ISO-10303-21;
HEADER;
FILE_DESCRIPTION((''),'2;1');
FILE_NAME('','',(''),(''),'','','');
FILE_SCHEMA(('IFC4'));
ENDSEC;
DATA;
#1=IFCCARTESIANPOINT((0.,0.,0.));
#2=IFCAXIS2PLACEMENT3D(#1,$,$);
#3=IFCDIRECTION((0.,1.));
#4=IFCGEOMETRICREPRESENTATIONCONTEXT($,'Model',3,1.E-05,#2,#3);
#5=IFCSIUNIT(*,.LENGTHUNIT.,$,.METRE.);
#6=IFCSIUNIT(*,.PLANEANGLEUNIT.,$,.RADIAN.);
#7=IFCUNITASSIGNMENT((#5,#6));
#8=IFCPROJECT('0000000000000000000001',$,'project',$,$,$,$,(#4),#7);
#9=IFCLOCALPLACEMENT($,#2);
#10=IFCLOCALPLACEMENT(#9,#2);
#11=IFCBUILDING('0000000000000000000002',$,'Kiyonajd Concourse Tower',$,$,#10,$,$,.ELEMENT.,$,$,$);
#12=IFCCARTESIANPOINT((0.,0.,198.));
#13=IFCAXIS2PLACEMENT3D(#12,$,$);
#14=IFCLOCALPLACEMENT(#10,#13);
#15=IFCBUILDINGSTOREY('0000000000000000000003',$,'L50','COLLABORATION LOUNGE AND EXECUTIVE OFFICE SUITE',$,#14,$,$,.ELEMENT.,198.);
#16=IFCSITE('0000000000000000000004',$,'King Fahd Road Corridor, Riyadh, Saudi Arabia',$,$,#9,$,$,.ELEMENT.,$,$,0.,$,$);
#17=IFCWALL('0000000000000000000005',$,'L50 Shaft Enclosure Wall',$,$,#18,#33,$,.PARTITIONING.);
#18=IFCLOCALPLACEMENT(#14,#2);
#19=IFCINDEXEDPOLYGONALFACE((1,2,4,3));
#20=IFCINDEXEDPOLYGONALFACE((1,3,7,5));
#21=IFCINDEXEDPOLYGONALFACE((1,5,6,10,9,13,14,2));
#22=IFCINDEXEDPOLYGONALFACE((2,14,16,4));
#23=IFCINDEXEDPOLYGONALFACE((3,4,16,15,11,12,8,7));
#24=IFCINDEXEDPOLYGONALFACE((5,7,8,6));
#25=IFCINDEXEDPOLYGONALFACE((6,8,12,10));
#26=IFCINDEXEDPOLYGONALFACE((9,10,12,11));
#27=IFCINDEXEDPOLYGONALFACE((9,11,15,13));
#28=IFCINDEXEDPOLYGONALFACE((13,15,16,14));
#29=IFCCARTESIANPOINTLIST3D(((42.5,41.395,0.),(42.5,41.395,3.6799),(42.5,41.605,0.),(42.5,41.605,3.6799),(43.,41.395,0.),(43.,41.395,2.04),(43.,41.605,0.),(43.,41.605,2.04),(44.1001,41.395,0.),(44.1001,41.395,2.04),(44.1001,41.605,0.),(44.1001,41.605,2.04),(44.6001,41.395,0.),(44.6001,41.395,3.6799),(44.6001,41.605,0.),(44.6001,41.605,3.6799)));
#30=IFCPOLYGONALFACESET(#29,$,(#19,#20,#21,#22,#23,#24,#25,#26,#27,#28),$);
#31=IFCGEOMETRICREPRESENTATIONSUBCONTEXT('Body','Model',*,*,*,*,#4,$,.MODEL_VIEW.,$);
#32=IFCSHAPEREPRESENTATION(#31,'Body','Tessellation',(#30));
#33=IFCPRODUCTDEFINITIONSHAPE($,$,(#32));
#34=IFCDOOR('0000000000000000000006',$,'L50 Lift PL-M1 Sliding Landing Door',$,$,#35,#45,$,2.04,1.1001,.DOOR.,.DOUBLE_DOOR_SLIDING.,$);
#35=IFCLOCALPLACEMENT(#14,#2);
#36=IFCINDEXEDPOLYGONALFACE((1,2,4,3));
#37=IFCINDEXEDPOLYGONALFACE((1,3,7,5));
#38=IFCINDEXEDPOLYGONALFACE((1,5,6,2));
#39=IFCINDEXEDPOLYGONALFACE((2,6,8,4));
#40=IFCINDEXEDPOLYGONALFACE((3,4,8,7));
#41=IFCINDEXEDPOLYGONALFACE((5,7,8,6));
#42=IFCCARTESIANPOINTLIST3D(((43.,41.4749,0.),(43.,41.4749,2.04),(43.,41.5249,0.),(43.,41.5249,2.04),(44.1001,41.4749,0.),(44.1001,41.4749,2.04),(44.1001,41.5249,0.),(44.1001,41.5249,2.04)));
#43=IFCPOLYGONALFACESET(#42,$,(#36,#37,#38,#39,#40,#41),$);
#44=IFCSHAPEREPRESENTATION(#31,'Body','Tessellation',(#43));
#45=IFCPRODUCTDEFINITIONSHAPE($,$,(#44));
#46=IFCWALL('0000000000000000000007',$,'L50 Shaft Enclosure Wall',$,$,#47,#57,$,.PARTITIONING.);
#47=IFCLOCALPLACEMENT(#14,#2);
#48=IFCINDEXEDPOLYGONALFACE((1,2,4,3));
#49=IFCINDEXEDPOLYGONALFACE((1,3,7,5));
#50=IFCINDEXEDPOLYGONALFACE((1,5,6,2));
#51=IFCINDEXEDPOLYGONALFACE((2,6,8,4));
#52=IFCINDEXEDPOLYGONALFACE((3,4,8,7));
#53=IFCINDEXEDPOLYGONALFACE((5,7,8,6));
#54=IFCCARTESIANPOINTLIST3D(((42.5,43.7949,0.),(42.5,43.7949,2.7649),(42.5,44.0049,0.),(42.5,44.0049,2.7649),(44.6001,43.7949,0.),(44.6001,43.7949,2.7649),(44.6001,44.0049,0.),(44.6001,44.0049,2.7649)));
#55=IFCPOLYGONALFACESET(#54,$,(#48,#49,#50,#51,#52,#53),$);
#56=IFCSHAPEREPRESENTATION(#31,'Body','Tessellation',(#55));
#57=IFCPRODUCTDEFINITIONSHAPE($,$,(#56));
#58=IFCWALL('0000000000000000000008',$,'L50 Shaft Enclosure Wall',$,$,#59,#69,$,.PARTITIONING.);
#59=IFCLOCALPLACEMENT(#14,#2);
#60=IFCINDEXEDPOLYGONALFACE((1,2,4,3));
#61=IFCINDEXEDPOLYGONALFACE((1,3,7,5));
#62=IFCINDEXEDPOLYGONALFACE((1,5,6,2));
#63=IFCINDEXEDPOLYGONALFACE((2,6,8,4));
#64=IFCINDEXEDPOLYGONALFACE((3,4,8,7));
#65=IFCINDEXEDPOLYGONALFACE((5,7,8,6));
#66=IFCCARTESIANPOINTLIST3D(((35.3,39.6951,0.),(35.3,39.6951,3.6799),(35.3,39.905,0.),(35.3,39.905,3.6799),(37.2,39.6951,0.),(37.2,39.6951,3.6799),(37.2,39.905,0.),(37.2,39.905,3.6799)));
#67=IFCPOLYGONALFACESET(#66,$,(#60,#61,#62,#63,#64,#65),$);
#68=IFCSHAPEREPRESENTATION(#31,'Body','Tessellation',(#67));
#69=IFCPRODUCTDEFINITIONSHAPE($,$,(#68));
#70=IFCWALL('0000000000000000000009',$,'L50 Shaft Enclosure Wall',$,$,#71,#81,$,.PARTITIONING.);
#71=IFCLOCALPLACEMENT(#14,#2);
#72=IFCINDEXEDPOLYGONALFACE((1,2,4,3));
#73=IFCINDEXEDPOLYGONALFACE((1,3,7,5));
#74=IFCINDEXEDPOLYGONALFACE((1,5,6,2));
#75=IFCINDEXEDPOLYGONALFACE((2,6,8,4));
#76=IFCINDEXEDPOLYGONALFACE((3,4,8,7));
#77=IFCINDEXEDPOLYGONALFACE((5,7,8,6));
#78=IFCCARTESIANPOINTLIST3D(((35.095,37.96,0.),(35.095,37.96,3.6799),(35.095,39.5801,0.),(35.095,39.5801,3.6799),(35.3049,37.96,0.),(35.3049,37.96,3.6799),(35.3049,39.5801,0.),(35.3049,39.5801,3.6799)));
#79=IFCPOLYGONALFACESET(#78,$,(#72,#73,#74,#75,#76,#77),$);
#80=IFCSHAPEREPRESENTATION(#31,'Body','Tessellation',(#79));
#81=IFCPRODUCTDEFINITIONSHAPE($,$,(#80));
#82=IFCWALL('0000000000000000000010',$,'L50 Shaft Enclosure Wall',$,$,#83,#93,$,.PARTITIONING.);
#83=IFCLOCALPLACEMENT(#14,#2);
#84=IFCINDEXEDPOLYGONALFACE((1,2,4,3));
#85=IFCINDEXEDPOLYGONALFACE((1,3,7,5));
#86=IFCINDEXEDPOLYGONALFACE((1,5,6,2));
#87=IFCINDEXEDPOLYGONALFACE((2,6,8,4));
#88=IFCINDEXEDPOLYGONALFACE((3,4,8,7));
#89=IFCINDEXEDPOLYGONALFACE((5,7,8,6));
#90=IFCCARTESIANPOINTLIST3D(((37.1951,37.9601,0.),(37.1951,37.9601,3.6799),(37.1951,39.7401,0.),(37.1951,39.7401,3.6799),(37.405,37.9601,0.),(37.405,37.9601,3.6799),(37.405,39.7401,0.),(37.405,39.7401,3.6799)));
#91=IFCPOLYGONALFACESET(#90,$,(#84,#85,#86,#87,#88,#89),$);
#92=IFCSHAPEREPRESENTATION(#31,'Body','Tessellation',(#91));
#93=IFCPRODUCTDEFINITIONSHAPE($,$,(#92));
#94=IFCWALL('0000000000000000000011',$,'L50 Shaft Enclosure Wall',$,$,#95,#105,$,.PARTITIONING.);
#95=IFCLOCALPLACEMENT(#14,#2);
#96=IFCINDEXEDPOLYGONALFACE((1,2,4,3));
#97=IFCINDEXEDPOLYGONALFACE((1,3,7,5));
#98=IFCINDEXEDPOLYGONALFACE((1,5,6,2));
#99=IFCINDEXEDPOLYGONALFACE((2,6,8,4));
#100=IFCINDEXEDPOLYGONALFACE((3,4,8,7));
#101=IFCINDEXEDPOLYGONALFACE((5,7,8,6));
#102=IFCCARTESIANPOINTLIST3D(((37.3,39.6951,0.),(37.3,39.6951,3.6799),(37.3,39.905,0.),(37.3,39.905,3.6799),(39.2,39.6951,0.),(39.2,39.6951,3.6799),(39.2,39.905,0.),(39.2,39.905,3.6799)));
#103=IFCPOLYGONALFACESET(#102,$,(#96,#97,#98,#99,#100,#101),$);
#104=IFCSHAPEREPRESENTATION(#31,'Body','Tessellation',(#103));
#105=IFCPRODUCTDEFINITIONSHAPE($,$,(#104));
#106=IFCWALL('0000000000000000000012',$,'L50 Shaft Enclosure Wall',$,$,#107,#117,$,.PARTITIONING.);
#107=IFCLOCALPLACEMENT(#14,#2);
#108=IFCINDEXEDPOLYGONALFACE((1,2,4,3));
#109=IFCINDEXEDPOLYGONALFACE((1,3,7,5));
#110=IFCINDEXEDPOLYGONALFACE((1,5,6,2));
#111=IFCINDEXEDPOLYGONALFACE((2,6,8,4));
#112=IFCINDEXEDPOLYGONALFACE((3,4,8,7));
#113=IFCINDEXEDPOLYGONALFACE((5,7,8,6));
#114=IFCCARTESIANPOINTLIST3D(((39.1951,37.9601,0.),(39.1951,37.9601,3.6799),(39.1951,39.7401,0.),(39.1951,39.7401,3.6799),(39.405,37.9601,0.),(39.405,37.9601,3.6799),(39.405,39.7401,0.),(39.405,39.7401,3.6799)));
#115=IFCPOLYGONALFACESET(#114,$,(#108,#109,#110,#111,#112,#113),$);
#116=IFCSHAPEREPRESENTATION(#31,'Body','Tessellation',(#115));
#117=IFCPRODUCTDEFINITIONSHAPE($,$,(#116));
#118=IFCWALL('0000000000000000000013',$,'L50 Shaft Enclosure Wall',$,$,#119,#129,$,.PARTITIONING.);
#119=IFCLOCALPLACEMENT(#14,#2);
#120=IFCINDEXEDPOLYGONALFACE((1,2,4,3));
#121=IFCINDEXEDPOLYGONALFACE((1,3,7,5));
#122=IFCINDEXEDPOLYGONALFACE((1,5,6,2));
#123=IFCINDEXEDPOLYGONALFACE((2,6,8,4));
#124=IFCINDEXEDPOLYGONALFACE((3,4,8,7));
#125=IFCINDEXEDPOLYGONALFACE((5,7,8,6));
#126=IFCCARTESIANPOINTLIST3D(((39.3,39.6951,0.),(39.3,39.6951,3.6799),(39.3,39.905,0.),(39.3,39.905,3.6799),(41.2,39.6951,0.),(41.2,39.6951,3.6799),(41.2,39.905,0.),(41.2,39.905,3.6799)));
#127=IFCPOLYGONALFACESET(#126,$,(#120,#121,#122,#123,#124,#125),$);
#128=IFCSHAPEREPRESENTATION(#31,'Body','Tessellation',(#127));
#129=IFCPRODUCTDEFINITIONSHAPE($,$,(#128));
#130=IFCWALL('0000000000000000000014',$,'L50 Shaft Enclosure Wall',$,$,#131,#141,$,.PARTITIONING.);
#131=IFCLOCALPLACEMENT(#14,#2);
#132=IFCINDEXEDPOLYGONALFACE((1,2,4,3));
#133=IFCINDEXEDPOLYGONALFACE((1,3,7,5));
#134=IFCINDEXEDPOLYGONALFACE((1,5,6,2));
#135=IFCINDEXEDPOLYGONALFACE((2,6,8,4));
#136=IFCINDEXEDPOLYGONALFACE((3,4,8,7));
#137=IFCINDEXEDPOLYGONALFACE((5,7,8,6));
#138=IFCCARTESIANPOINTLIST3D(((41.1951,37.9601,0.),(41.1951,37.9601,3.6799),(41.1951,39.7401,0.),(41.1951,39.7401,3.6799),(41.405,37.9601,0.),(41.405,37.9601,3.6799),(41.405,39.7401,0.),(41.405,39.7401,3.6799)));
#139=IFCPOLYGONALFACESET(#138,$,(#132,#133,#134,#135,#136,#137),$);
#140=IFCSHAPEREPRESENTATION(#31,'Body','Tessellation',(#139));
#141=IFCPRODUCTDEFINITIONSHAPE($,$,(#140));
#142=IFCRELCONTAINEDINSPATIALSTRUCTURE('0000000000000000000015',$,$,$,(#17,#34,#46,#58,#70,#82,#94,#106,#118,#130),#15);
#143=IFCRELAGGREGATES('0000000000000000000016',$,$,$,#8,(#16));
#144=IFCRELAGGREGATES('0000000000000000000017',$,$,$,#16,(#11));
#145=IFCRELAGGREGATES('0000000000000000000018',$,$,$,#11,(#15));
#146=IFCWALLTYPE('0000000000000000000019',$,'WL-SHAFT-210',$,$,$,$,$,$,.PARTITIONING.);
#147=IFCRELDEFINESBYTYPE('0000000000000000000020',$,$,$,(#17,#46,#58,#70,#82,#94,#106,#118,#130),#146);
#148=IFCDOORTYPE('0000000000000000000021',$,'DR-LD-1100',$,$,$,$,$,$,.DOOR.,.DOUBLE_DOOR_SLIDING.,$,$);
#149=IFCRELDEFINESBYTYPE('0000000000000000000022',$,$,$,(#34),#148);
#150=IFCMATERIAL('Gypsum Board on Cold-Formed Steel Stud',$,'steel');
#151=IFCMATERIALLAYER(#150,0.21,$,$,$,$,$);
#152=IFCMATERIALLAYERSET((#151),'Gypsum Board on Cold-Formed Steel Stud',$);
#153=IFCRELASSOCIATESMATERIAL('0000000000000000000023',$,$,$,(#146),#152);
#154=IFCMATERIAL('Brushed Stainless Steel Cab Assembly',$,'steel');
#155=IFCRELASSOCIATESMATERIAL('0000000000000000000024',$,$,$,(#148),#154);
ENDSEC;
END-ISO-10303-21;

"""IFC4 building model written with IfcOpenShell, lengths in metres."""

from ifc_helpers import new_model, si_unit, direction, frame, frame_2d, origin, place, context, subcontext, project, spatial, rectangle, extrude, material, layer, layer_set, type_object, element, fill, save


model = new_model("IFC4")

# Units and contexts
model_context = context("Model", 3, precision=1e-05, world=origin(), true_north=direction((0.0, 1.0)))
body_context = subcontext(model_context, "Body", "Model", "MODEL_VIEW")
ifc_project = project(units=[si_unit("LENGTHUNIT", "METRE"), si_unit("PLANEANGLEUNIT", "RADIAN")], contexts=[model_context])

# Site, building, storey
site_placement = place(None, origin())
site = spatial("IfcSite", under=ifc_project, at=site_placement, Name="King Fahd Road Corridor, Riyadh, Saudi Arabia", CompositionType="ELEMENT", RefElevation=0.0)
building_placement = place(site_placement, origin())
building = spatial("IfcBuilding", under=site, at=building_placement, Name="Kiyonajd Concourse Tower", CompositionType="ELEMENT")
storey_placement = place(building_placement, frame((0.0, 0.0, 198.0)))
storey = spatial("IfcBuildingStorey", under=building, at=storey_placement, Name="L50", Description="COLLABORATION LOUNGE AND EXECUTIVE OFFICE SUITE", CompositionType="ELEMENT", Elevation=198.0)

# Shared definitions
ifc_material_1 = material(Name="Gypsum Board on Cold-Formed Steel Stud", Category="steel")
ifc_layer_1 = layer(ifc_material_1, 0.21)
ifc_layer_set_1 = layer_set([ifc_layer_1], Name="Gypsum Board on Cold-Formed Steel Stud")
wall_type_1 = type_object("IfcWallType", Name="WL-SHAFT-210", PredefinedType="PARTITIONING", material=ifc_layer_set_1)

# Wall, opening, door
wall_1_placement = place(storey_placement, frame((42.5, 41.5, 0.0), z_axis=(0.0, 0.0, 1.0), x_axis=(1.0, 0.0, 0.0)))
wall_1 = element("IfcWall", 1, at=wall_1_placement, inside=storey, type_object=wall_type_1, Name="L50 Shaft Enclosure Wall", PredefinedType="PARTITIONING", context=body_context, shape_type="SweptSolid", body=[
    extrude(rectangle(XDim=2.1001, YDim=0.21, at=frame_2d((1.05, 0.0))), origin(), (0.0, 0.0, 1.0), 3.6799),
])
opening_1_placement = place(wall_1_placement, frame((0.5, 0.0, 0.0)))
opening_1 = element("IfcOpeningElement", 2, at=opening_1_placement, cuts=wall_1, PredefinedType="OPENING", context=body_context, shape_type="SweptSolid", body=[
    extrude(rectangle(XDim=1.1001, YDim=2.04, at=frame_2d((0.55, 1.02))), frame((0.0, 0.115, 0.0), z_axis=(0.0, -1.0, 0.0), x_axis=(1.0, 0.0, 0.0)), (0.0, 0.0, 1.0), 0.23),
])
ifc_material_2 = material(Name="Brushed Stainless Steel Cab Assembly", Category="steel")
door_type_1 = type_object("IfcDoorType", Name="DR-LD-1100", OperationType="DOUBLE_DOOR_SLIDING", PredefinedType="DOOR", material=ifc_material_2)
door_1_placement = place(opening_1_placement, origin())
door_1 = element("IfcDoor", 3, at=door_1_placement, inside=storey, type_object=door_type_1, Name="L50 Lift PL-M1 Sliding Landing Door", OperationType="DOUBLE_DOOR_SLIDING", OverallHeight=2.04, OverallWidth=1.1001, PredefinedType="DOOR", context=body_context, shape_type="SweptSolid", body=[
    extrude(rectangle(XDim=1.1001, YDim=2.04, at=frame_2d((0.55, 1.02))), frame((0.0, 0.0249, 0.0), z_axis=(0.0, -1.0, 0.0), x_axis=(1.0, 0.0, 0.0)), (0.0, 0.0, 1.0), 0.05),
])
fill(opening_1, door_1)

# Walls
wall_2_placement = place(storey_placement, frame((42.5, 43.8999, 0.0), z_axis=(0.0, 0.0, 1.0), x_axis=(1.0, 0.0, 0.0)))
element("IfcWall", 4, at=wall_2_placement, inside=storey, type_object=wall_type_1, Name="L50 Shaft Enclosure Wall", PredefinedType="PARTITIONING", context=body_context, shape_type="SweptSolid", body=[
    extrude(rectangle(XDim=2.1001, YDim=0.21, at=frame_2d((1.05, 0.0))), origin(), (0.0, 0.0, 1.0), 2.7649),
])
wall_3_placement = place(storey_placement, frame((35.3, 39.8, 0.0), z_axis=(0.0, 0.0, 1.0), x_axis=(1.0, 0.0, 0.0)))
element("IfcWall", 5, at=wall_3_placement, inside=storey, type_object=wall_type_1, Name="L50 Shaft Enclosure Wall", PredefinedType="PARTITIONING", context=body_context, shape_type="SweptSolid", body=[
    extrude(rectangle(XDim=1.8999, YDim=0.21, at=frame_2d((0.95, 0.0))), origin(), (0.0, 0.0, 1.0), 3.6799),
])
wall_4_placement = place(storey_placement, frame((35.2, 37.96, 0.0), z_axis=(0.0, 0.0, 1.0), x_axis=(0.0, 1.0, 0.0)))
element("IfcWall", 6, at=wall_4_placement, inside=storey, type_object=wall_type_1, Name="L50 Shaft Enclosure Wall", PredefinedType="PARTITIONING", context=body_context, shape_type="SweptSolid", body=[
    extrude(rectangle(XDim=1.6201, YDim=0.21, at=frame_2d((0.8101, 0.0))), origin(), (0.0, 0.0, 1.0), 3.6799),
])
wall_5_placement = place(storey_placement, frame((37.3, 37.96, 0.0), z_axis=(0.0, 0.0, 1.0), x_axis=(0.0, 1.0, 0.0)))
element("IfcWall", 7, at=wall_5_placement, inside=storey, type_object=wall_type_1, Name="L50 Shaft Enclosure Wall", PredefinedType="PARTITIONING", context=body_context, shape_type="SweptSolid", body=[
    extrude(rectangle(XDim=1.78, YDim=0.21, at=frame_2d((0.8901, 0.0))), origin(), (0.0, 0.0, 1.0), 3.6799),
])
wall_6_placement = place(storey_placement, frame((37.3, 39.8, 0.0), z_axis=(0.0, 0.0, 1.0), x_axis=(1.0, 0.0, 0.0)))
element("IfcWall", 8, at=wall_6_placement, inside=storey, type_object=wall_type_1, Name="L50 Shaft Enclosure Wall", PredefinedType="PARTITIONING", context=body_context, shape_type="SweptSolid", body=[
    extrude(rectangle(XDim=1.8999, YDim=0.21, at=frame_2d((0.95, 0.0))), origin(), (0.0, 0.0, 1.0), 3.6799),
])
wall_7_placement = place(storey_placement, frame((39.3, 37.96, 0.0), z_axis=(0.0, 0.0, 1.0), x_axis=(0.0, 1.0, 0.0)))
element("IfcWall", 9, at=wall_7_placement, inside=storey, type_object=wall_type_1, Name="L50 Shaft Enclosure Wall", PredefinedType="PARTITIONING", context=body_context, shape_type="SweptSolid", body=[
    extrude(rectangle(XDim=1.78, YDim=0.21, at=frame_2d((0.8901, 0.0))), origin(), (0.0, 0.0, 1.0), 3.6799),
])
wall_8_placement = place(storey_placement, frame((39.3, 39.8, 0.0), z_axis=(0.0, 0.0, 1.0), x_axis=(1.0, 0.0, 0.0)))
element("IfcWall", 10, at=wall_8_placement, inside=storey, type_object=wall_type_1, Name="L50 Shaft Enclosure Wall", PredefinedType="PARTITIONING", context=body_context, shape_type="SweptSolid", body=[
    extrude(rectangle(XDim=1.8999, YDim=0.21, at=frame_2d((0.95, 0.0))), origin(), (0.0, 0.0, 1.0), 3.6799),
])
wall_9_placement = place(storey_placement, frame((41.3, 37.96, 0.0), z_axis=(0.0, 0.0, 1.0), x_axis=(0.0, 1.0, 0.0)))
element("IfcWall", 11, at=wall_9_placement, inside=storey, type_object=wall_type_1, Name="L50 Shaft Enclosure Wall", PredefinedType="PARTITIONING", context=body_context, shape_type="SweptSolid", body=[
    extrude(rectangle(XDim=1.78, YDim=0.21, at=frame_2d((0.8901, 0.0))), origin(), (0.0, 0.0, 1.0), 3.6799),
])

save(model, "model.ifc")
